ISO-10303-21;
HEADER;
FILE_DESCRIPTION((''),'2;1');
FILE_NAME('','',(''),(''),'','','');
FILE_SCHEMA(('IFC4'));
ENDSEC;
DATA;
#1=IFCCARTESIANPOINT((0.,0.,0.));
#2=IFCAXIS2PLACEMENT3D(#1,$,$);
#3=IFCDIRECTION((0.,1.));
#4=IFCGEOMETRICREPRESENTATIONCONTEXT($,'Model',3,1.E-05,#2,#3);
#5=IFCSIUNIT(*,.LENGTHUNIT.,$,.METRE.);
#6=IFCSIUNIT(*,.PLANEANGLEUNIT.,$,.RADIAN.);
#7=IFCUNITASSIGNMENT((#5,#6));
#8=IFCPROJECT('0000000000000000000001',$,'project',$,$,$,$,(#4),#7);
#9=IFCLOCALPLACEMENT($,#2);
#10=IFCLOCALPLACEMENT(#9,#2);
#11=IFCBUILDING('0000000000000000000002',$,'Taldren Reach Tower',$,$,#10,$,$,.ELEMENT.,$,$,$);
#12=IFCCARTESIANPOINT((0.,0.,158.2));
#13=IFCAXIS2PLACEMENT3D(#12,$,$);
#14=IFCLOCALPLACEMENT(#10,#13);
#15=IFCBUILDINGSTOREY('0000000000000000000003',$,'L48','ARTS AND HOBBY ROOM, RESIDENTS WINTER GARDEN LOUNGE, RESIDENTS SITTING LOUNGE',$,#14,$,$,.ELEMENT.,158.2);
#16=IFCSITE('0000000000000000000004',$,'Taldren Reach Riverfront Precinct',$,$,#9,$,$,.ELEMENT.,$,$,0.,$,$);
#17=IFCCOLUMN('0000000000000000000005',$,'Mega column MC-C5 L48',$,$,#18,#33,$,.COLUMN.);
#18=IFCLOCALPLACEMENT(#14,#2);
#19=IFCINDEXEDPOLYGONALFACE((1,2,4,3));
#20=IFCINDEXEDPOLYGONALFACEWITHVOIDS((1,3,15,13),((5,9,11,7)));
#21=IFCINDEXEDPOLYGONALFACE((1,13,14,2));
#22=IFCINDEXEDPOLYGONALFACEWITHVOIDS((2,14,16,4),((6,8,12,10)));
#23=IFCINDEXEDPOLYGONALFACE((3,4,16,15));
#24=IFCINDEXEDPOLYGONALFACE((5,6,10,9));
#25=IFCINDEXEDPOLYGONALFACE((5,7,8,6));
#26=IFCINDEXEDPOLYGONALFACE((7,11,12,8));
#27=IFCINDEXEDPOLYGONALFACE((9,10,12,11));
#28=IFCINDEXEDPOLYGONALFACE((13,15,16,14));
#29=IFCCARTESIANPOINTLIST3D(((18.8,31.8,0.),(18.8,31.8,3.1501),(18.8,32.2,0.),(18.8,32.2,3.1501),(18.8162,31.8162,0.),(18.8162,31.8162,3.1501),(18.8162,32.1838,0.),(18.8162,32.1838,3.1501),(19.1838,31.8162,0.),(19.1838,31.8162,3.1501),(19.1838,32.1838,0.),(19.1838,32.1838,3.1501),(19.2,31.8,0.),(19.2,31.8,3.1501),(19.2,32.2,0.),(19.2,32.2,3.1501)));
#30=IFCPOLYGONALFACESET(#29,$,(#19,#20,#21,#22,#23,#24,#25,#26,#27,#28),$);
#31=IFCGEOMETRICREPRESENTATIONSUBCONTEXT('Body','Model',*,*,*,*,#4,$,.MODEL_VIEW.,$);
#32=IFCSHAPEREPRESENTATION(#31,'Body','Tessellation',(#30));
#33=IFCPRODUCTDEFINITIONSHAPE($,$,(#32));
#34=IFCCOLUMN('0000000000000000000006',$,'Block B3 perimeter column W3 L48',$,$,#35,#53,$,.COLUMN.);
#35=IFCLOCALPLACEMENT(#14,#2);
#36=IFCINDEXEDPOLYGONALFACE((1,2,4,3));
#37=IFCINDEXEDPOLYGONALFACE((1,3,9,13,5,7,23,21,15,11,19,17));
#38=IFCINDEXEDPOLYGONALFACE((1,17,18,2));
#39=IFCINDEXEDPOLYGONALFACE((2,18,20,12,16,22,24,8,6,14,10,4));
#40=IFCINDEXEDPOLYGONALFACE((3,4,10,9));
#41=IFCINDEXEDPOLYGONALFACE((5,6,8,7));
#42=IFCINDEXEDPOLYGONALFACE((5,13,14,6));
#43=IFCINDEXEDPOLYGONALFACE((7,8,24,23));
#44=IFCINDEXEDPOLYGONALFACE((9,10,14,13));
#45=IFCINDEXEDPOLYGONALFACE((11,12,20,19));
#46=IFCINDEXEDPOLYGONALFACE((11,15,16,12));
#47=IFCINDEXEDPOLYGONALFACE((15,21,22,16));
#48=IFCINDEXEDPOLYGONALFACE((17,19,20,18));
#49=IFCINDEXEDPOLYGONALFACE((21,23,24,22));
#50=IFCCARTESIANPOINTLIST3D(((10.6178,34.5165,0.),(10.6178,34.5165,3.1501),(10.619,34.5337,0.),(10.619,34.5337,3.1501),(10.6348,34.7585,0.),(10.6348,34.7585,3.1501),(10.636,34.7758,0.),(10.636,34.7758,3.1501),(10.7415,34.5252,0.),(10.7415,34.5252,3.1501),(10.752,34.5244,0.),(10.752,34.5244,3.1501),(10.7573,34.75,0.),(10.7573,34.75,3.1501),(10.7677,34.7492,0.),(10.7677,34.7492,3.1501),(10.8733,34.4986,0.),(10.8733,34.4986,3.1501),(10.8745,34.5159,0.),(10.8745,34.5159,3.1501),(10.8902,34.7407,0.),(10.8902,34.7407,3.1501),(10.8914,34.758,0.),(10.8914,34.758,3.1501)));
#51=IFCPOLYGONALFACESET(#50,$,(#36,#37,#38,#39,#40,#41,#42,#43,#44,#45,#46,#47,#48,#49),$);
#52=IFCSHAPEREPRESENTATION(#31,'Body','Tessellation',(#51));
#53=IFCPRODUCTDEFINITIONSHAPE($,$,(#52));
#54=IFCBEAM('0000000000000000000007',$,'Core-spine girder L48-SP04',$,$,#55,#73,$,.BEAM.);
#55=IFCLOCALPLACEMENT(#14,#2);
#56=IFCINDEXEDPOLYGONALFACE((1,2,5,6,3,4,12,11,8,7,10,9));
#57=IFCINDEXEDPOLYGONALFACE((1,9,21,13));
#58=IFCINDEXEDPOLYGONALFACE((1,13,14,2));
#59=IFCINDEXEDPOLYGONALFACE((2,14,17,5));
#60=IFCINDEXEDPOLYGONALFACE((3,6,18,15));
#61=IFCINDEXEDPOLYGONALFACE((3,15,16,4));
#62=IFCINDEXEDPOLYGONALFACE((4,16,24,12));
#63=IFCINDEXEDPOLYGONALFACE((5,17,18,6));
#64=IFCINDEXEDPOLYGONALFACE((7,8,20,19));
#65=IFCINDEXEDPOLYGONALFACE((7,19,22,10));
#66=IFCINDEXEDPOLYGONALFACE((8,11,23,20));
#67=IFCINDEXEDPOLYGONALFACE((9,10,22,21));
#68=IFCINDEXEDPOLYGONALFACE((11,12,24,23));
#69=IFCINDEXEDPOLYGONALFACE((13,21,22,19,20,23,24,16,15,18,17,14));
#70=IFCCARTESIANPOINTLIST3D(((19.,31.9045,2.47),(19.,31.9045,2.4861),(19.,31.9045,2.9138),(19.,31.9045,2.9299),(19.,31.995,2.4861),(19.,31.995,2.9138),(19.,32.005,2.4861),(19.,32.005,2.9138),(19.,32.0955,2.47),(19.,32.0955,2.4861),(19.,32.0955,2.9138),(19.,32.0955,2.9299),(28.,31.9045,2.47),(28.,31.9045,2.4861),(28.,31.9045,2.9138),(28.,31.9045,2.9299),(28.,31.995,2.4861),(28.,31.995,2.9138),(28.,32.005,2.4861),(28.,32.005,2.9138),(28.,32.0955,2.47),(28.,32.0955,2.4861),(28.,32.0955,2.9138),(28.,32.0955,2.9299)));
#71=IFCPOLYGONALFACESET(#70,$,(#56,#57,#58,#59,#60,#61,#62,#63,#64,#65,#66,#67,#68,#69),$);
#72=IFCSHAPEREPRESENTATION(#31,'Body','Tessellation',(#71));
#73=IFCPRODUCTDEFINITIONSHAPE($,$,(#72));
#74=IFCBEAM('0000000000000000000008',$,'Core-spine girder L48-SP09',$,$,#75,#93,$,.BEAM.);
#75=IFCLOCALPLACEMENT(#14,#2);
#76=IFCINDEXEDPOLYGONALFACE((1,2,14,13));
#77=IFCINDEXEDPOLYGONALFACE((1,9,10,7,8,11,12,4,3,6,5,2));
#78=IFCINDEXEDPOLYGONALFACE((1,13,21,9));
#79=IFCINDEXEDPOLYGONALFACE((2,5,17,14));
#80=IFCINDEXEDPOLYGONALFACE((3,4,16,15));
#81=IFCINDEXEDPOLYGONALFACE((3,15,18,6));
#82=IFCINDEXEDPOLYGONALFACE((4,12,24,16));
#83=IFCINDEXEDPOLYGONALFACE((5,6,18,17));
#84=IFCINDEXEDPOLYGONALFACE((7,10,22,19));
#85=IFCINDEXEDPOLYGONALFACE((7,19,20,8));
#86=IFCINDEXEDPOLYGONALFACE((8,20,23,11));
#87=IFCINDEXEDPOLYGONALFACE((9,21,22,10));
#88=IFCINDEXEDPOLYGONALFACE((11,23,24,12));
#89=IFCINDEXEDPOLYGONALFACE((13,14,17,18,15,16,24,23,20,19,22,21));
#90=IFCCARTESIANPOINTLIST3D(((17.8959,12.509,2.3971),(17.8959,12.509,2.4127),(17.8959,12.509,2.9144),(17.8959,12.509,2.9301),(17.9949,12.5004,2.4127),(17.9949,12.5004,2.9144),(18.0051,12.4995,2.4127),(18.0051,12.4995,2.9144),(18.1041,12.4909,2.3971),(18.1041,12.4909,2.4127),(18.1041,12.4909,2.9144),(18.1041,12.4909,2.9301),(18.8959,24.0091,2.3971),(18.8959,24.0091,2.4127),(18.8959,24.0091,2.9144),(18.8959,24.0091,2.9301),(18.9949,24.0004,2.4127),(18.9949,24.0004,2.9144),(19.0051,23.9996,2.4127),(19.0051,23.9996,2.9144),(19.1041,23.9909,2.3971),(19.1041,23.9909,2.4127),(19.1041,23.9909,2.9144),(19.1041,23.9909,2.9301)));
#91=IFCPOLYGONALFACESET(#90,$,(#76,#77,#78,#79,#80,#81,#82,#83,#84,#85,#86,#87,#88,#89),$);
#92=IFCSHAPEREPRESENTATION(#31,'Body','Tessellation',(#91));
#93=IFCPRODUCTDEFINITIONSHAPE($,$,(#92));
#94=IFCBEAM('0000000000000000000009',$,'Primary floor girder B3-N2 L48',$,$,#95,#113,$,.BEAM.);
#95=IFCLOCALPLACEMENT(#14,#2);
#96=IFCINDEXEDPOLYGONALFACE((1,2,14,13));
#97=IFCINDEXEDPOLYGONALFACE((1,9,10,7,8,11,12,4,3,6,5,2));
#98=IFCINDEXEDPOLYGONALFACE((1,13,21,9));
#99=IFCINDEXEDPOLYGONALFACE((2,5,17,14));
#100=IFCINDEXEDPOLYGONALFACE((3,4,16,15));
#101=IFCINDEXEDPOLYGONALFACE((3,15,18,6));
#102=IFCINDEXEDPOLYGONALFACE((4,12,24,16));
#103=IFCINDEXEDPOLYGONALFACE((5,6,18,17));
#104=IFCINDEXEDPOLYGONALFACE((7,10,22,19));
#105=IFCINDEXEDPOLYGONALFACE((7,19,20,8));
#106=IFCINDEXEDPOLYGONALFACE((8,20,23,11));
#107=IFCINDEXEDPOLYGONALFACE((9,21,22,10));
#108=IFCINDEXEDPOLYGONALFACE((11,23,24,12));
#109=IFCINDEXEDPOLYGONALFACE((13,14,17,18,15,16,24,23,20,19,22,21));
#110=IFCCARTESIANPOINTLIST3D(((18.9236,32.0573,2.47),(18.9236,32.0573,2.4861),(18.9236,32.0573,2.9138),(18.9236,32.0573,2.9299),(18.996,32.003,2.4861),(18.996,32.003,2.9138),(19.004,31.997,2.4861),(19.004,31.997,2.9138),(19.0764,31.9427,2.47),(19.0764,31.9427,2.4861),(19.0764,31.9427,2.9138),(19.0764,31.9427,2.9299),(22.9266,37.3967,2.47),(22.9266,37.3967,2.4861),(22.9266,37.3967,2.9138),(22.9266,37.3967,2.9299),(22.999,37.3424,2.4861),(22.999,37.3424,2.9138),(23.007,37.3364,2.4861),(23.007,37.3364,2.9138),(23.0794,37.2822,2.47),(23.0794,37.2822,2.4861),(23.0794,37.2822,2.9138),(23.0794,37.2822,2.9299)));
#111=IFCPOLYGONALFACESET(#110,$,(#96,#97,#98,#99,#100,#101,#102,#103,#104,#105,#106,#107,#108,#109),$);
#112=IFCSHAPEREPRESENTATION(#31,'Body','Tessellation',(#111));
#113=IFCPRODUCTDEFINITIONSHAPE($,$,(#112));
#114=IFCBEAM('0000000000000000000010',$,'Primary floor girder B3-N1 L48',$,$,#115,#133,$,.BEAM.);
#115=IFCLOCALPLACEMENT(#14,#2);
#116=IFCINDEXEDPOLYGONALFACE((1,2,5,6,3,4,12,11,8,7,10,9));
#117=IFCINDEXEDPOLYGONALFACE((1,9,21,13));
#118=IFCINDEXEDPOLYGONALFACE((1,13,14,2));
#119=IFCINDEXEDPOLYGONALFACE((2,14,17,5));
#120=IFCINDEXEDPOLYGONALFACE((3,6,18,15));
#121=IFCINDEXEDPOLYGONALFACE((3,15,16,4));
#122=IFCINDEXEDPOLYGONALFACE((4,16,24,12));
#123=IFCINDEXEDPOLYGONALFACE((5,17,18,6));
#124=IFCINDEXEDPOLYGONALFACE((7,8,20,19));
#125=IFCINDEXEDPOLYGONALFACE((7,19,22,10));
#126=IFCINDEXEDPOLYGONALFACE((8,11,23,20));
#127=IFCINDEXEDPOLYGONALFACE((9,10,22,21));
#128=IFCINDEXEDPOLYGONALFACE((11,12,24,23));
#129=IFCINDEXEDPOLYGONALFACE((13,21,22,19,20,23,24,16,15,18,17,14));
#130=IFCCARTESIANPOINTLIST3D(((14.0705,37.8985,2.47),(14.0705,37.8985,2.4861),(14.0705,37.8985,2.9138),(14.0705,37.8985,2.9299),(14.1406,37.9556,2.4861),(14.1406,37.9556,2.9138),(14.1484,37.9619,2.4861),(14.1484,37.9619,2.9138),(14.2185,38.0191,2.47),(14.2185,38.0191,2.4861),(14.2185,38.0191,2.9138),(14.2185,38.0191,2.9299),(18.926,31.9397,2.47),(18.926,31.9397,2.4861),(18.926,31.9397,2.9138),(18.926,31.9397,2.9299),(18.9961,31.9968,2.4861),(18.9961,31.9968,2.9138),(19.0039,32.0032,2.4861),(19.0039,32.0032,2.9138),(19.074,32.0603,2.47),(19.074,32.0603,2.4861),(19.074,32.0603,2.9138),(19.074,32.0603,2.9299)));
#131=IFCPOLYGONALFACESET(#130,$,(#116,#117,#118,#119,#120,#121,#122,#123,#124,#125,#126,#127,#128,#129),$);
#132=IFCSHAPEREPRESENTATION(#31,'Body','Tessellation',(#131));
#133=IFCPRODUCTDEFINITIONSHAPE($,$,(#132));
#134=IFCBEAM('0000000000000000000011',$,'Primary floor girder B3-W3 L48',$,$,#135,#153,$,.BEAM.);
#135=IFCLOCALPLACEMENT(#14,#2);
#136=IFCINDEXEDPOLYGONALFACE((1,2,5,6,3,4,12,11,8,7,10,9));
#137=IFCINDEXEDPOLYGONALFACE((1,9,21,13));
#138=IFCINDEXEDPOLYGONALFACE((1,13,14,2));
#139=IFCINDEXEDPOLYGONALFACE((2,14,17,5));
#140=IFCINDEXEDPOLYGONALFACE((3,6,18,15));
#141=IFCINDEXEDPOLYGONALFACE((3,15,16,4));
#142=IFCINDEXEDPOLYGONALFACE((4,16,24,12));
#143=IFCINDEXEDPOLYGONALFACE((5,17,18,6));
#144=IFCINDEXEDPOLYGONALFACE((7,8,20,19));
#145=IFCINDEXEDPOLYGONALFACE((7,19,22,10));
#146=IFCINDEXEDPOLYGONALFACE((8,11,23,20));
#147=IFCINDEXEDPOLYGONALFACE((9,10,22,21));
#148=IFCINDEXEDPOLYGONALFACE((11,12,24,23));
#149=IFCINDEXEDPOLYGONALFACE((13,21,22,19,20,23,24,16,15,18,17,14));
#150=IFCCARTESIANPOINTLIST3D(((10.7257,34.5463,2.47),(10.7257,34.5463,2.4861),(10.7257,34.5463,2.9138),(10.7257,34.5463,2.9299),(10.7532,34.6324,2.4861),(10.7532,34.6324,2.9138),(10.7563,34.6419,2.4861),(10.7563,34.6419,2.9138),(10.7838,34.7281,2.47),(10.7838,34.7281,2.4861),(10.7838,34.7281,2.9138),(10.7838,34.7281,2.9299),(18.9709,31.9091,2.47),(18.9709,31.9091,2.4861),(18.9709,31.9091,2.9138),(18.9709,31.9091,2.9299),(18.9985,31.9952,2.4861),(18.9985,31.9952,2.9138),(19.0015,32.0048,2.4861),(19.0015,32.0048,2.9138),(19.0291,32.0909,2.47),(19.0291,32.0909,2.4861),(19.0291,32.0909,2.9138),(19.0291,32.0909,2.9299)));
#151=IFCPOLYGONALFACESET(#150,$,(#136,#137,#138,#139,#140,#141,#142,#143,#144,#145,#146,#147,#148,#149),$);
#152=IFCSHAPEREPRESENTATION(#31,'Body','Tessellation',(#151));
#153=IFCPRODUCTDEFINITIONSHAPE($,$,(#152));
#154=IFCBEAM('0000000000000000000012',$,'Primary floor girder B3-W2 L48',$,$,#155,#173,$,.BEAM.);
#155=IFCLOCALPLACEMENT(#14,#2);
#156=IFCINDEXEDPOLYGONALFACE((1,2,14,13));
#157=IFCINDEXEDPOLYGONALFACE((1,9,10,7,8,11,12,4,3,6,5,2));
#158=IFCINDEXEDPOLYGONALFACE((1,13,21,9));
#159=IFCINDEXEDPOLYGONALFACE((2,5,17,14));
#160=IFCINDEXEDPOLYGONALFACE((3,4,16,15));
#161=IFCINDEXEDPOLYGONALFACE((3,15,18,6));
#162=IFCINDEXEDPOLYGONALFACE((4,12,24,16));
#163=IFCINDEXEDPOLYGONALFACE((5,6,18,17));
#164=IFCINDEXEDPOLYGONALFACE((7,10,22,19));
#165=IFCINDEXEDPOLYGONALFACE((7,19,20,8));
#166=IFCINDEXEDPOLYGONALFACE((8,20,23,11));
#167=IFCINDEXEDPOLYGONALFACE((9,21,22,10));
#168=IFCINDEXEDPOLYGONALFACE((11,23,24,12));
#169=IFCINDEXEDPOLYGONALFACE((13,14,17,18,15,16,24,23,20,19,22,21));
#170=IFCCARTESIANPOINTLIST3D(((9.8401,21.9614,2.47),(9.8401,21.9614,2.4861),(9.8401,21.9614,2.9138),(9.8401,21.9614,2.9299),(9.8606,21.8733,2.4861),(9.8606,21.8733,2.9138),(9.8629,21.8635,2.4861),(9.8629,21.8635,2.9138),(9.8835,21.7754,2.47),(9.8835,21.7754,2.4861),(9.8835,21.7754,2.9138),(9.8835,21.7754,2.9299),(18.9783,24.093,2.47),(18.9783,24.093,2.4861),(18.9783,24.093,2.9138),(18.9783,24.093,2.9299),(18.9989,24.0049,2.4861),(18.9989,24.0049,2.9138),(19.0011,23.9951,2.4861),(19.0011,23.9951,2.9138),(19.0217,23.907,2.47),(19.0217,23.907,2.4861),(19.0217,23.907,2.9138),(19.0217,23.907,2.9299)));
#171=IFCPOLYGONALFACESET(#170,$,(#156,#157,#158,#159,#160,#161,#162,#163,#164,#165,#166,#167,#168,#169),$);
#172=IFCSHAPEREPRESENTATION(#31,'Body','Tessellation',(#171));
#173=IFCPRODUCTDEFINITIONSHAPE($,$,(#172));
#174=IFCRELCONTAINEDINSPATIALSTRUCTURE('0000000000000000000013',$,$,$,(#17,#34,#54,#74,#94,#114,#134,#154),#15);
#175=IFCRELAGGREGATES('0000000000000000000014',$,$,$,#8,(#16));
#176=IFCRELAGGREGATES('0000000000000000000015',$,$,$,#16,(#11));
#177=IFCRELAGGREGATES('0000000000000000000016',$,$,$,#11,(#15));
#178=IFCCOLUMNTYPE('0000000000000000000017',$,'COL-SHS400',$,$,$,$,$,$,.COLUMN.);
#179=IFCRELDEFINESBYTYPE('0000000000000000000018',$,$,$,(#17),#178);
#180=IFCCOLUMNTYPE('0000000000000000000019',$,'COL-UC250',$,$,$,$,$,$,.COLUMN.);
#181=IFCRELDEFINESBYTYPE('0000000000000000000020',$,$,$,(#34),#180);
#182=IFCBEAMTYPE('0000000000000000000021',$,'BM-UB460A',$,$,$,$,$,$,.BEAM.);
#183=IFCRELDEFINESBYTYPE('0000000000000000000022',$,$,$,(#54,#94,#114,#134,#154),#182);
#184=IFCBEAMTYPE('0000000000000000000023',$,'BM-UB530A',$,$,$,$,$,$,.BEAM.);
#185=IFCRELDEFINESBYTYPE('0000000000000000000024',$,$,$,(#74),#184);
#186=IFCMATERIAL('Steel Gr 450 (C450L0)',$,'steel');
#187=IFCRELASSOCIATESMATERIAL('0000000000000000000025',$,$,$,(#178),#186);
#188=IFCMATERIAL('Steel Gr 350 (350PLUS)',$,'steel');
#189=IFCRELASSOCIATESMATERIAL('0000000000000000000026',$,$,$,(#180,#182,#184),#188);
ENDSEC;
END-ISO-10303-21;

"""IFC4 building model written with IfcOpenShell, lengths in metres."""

from ifc_helpers import new_model, si_unit, direction, frame, origin, origin_2d, place, context, subcontext, project, spatial, hollow_rectangle, i_section, extrude, source, transform, mapped, material, material_profile, profile_set, type_object, element, save


model = new_model("IFC4")

# Units and contexts
model_context = context("Model", 3, precision=1e-05, world=origin(), true_north=direction((0.0, 1.0)))
body_context = subcontext(model_context, "Body", "Model", "MODEL_VIEW")
ifc_project = project(units=[si_unit("LENGTHUNIT", "METRE"), si_unit("PLANEANGLEUNIT", "RADIAN")], contexts=[model_context])

# Site, building, storey
site_placement = place(None, origin())
site = spatial("IfcSite", under=ifc_project, at=site_placement, Name="Taldren Reach Riverfront Precinct", CompositionType="ELEMENT", RefElevation=0.0)
building_placement = place(site_placement, origin())
building = spatial("IfcBuilding", under=site, at=building_placement, Name="Taldren Reach Tower", CompositionType="ELEMENT")
storey_placement = place(building_placement, frame((0.0, 0.0, 158.2)))
storey = spatial("IfcBuildingStorey", under=building, at=storey_placement, Name="L48", Description="ARTS AND HOBBY ROOM, RESIDENTS WINTER GARDEN LOUNGE, RESIDENTS SITTING LOUNGE", CompositionType="ELEMENT", Elevation=158.2)

# Columns
ifc_material_1 = material(Name="Steel Gr 450 (C450L0)", Category="steel")
ifc_material_profile_1 = material_profile(ifc_material_1, hollow_rectangle(XDim=0.3999, YDim=0.3999, WallThickness=0.0161, at=origin_2d()), Name="400x400x16.0SHS")
ifc_profile_set_1 = profile_set([ifc_material_profile_1], Name="Steel Gr 450 (C450L0)")
column_type_1 = type_object("IfcColumnType", Name="COL-SHS400", PredefinedType="COLUMN", material=ifc_profile_set_1)
shared_shape_1 = source(origin(), body_context, "Body", "SweptSolid", [
    extrude(hollow_rectangle(XDim=0.3999, YDim=0.3999, WallThickness=0.0161, at=origin_2d()), origin(), (0.0, 0.0, 1.0), 3.1501),
])
column_1_placement = place(storey_placement, frame((19.0, 32.0, 0.0), z_axis=(0.0, 0.0, 1.0), x_axis=(1.0, 0.0, 0.0)))
element("IfcColumn", 1, at=column_1_placement, inside=storey, type_object=column_type_1, Name="Mega column MC-C5 L48", PredefinedType="COLUMN", context=body_context, shape_type="MappedRepresentation", body=[
    mapped(shared_shape_1, transform((0.0, 0.0, 0.0), scale=1.0)),
])
ifc_material_2 = material(Name="Steel Gr 350 (350PLUS)", Category="steel")
ifc_material_profile_2 = material_profile(ifc_material_2, i_section(OverallWidth=0.2561, OverallDepth=0.26, WebThickness=0.0105, FlangeThickness=0.0173, at=origin_2d()), Name="250UC89.5")
ifc_profile_set_2 = profile_set([ifc_material_profile_2], Name="Steel Gr 350 (350PLUS)")
column_type_2 = type_object("IfcColumnType", Name="COL-UC250", PredefinedType="COLUMN", material=ifc_profile_set_2)
shared_shape_2 = source(origin(), body_context, "Body", "SweptSolid", [
    extrude(i_section(OverallWidth=0.2561, OverallDepth=0.26, WebThickness=0.0105, FlangeThickness=0.0173, at=origin_2d()), origin(), (0.0, 0.0, 1.0), 3.1501),
])
column_2_placement = place(storey_placement, frame((10.7546, 34.6372, 0.0), z_axis=(0.0, 0.0, 1.0), x_axis=(0.997564, -0.069756, 0.0)))
element("IfcColumn", 2, at=column_2_placement, inside=storey, type_object=column_type_2, Name="Block B3 perimeter column W3 L48", PredefinedType="COLUMN", context=body_context, shape_type="MappedRepresentation", body=[
    mapped(shared_shape_2, transform((0.0, 0.0, 0.0), scale=1.0)),
])

# Beams
ifc_material_profile_3 = material_profile(ifc_material_2, i_section(OverallWidth=0.1909, OverallDepth=0.46, WebThickness=0.01, FlangeThickness=0.0161, at=origin_2d()), Name="460UB82.1")
ifc_profile_set_3 = profile_set([ifc_material_profile_3], Name="Steel Gr 350 (350PLUS)")
beam_type_1 = type_object("IfcBeamType", Name="BM-UB460A", PredefinedType="BEAM", material=ifc_profile_set_3)
shared_shape_3 = source(origin(), body_context, "Body", "SweptSolid", [
    extrude(i_section(OverallWidth=0.1909, OverallDepth=0.46, WebThickness=0.01, FlangeThickness=0.0161, at=origin_2d()), origin(), (0.0, 0.0, 1.0), 9.0),
])
beam_1_placement = place(storey_placement, frame((19.0, 32.0, 2.7), z_axis=(1.0, 0.0, 0.0), x_axis=(0.0, 1.0, 0.0)))
element("IfcBeam", 3, at=beam_1_placement, inside=storey, type_object=beam_type_1, Name="Core-spine girder L48-SP04", PredefinedType="BEAM", context=body_context, shape_type="MappedRepresentation", body=[
    mapped(shared_shape_3, transform((0.0, 0.0, 0.0), scale=1.0)),
])
ifc_material_profile_4 = material_profile(ifc_material_2, i_section(OverallWidth=0.209, OverallDepth=0.533, WebThickness=0.0103, FlangeThickness=0.0156, at=origin_2d()), Name="530UB92.4")
ifc_profile_set_4 = profile_set([ifc_material_profile_4], Name="Steel Gr 350 (350PLUS)")
beam_type_2 = type_object("IfcBeamType", Name="BM-UB530A", PredefinedType="BEAM", material=ifc_profile_set_4)
shared_shape_4 = source(origin(), body_context, "Body", "SweptSolid", [
    extrude(i_section(OverallWidth=0.209, OverallDepth=0.533, WebThickness=0.0103, FlangeThickness=0.0156, at=origin_2d()), origin(), (0.0, 0.0, 1.0), 11.5435),
])
beam_2_placement = place(storey_placement, frame((19.0, 24.0, 2.6636), z_axis=(-0.08663, -0.996241, 0.0), x_axis=(0.996241, -0.08663, 0.0)))
element("IfcBeam", 4, at=beam_2_placement, inside=storey, type_object=beam_type_2, Name="Core-spine girder L48-SP09", PredefinedType="BEAM", context=body_context, shape_type="MappedRepresentation", body=[
    mapped(shared_shape_4, transform((0.0, 0.0, 0.0), scale=1.0)),
])
shared_shape_5 = source(origin(), body_context, "Body", "SweptSolid", [
    extrude(i_section(OverallWidth=0.1909, OverallDepth=0.46, WebThickness=0.01, FlangeThickness=0.0161, at=origin_2d()), origin(), (0.0, 0.0, 1.0), 6.6733),
])
beam_3_placement = place(storey_placement, frame((19.0, 32.0, 2.7), z_axis=(0.599848, 0.800114, 0.0), x_axis=(-0.800114, 0.599848, 0.0)))
element("IfcBeam", 5, at=beam_3_placement, inside=storey, type_object=beam_type_1, Name="Primary floor girder B3-N2 L48", PredefinedType="BEAM", context=body_context, shape_type="MappedRepresentation", body=[
    mapped(shared_shape_5, transform((0.0, 0.0, 0.0), scale=1.0)),
])
shared_shape_6 = source(origin(), body_context, "Body", "SweptSolid", [
    extrude(i_section(OverallWidth=0.1909, OverallDepth=0.46, WebThickness=0.01, FlangeThickness=0.0161, at=origin_2d()), origin(), (0.0, 0.0, 1.0), 7.6865),
])
beam_4_placement = place(storey_placement, frame((19.0, 32.0, 2.7), z_axis=(-0.631689, 0.775222, 0.0), x_axis=(-0.775222, -0.631689, 0.0)))
element("IfcBeam", 6, at=beam_4_placement, inside=storey, type_object=beam_type_1, Name="Primary floor girder B3-N1 L48", PredefinedType="BEAM", context=body_context, shape_type="MappedRepresentation", body=[
    mapped(shared_shape_6, transform((0.0, 0.0, 0.0), scale=1.0)),
])
shared_shape_7 = source(origin(), body_context, "Body", "SweptSolid", [
    extrude(i_section(OverallWidth=0.1909, OverallDepth=0.46, WebThickness=0.01, FlangeThickness=0.0161, at=origin_2d()), origin(), (0.0, 0.0, 1.0), 8.6567),
])
beam_5_placement = place(storey_placement, frame((19.0, 32.0, 2.7), z_axis=(-0.952468, 0.304639, 0.0), x_axis=(-0.304639, -0.952468, 0.0)))
element("IfcBeam", 7, at=beam_5_placement, inside=storey, type_object=beam_type_1, Name="Primary floor girder B3-W3 L48", PredefinedType="BEAM", context=body_context, shape_type="MappedRepresentation", body=[
    mapped(shared_shape_7, transform((0.0, 0.0, 0.0), scale=1.0)),
])
shared_shape_8 = source(origin(), body_context, "Body", "SweptSolid", [
    extrude(i_section(OverallWidth=0.1909, OverallDepth=0.46, WebThickness=0.01, FlangeThickness=0.0161, at=origin_2d()), origin(), (0.0, 0.0, 1.0), 9.3835),
])
beam_6_placement = place(storey_placement, frame((19.0, 24.0, 2.7), z_axis=(-0.973857, -0.227164, 0.0), x_axis=(0.227164, -0.973857, 0.0)))
element("IfcBeam", 8, at=beam_6_placement, inside=storey, type_object=beam_type_1, Name="Primary floor girder B3-W2 L48", PredefinedType="BEAM", context=body_context, shape_type="MappedRepresentation", body=[
    mapped(shared_shape_8, transform((0.0, 0.0, 0.0), scale=1.0)),
])

save(model, "model.ifc")
